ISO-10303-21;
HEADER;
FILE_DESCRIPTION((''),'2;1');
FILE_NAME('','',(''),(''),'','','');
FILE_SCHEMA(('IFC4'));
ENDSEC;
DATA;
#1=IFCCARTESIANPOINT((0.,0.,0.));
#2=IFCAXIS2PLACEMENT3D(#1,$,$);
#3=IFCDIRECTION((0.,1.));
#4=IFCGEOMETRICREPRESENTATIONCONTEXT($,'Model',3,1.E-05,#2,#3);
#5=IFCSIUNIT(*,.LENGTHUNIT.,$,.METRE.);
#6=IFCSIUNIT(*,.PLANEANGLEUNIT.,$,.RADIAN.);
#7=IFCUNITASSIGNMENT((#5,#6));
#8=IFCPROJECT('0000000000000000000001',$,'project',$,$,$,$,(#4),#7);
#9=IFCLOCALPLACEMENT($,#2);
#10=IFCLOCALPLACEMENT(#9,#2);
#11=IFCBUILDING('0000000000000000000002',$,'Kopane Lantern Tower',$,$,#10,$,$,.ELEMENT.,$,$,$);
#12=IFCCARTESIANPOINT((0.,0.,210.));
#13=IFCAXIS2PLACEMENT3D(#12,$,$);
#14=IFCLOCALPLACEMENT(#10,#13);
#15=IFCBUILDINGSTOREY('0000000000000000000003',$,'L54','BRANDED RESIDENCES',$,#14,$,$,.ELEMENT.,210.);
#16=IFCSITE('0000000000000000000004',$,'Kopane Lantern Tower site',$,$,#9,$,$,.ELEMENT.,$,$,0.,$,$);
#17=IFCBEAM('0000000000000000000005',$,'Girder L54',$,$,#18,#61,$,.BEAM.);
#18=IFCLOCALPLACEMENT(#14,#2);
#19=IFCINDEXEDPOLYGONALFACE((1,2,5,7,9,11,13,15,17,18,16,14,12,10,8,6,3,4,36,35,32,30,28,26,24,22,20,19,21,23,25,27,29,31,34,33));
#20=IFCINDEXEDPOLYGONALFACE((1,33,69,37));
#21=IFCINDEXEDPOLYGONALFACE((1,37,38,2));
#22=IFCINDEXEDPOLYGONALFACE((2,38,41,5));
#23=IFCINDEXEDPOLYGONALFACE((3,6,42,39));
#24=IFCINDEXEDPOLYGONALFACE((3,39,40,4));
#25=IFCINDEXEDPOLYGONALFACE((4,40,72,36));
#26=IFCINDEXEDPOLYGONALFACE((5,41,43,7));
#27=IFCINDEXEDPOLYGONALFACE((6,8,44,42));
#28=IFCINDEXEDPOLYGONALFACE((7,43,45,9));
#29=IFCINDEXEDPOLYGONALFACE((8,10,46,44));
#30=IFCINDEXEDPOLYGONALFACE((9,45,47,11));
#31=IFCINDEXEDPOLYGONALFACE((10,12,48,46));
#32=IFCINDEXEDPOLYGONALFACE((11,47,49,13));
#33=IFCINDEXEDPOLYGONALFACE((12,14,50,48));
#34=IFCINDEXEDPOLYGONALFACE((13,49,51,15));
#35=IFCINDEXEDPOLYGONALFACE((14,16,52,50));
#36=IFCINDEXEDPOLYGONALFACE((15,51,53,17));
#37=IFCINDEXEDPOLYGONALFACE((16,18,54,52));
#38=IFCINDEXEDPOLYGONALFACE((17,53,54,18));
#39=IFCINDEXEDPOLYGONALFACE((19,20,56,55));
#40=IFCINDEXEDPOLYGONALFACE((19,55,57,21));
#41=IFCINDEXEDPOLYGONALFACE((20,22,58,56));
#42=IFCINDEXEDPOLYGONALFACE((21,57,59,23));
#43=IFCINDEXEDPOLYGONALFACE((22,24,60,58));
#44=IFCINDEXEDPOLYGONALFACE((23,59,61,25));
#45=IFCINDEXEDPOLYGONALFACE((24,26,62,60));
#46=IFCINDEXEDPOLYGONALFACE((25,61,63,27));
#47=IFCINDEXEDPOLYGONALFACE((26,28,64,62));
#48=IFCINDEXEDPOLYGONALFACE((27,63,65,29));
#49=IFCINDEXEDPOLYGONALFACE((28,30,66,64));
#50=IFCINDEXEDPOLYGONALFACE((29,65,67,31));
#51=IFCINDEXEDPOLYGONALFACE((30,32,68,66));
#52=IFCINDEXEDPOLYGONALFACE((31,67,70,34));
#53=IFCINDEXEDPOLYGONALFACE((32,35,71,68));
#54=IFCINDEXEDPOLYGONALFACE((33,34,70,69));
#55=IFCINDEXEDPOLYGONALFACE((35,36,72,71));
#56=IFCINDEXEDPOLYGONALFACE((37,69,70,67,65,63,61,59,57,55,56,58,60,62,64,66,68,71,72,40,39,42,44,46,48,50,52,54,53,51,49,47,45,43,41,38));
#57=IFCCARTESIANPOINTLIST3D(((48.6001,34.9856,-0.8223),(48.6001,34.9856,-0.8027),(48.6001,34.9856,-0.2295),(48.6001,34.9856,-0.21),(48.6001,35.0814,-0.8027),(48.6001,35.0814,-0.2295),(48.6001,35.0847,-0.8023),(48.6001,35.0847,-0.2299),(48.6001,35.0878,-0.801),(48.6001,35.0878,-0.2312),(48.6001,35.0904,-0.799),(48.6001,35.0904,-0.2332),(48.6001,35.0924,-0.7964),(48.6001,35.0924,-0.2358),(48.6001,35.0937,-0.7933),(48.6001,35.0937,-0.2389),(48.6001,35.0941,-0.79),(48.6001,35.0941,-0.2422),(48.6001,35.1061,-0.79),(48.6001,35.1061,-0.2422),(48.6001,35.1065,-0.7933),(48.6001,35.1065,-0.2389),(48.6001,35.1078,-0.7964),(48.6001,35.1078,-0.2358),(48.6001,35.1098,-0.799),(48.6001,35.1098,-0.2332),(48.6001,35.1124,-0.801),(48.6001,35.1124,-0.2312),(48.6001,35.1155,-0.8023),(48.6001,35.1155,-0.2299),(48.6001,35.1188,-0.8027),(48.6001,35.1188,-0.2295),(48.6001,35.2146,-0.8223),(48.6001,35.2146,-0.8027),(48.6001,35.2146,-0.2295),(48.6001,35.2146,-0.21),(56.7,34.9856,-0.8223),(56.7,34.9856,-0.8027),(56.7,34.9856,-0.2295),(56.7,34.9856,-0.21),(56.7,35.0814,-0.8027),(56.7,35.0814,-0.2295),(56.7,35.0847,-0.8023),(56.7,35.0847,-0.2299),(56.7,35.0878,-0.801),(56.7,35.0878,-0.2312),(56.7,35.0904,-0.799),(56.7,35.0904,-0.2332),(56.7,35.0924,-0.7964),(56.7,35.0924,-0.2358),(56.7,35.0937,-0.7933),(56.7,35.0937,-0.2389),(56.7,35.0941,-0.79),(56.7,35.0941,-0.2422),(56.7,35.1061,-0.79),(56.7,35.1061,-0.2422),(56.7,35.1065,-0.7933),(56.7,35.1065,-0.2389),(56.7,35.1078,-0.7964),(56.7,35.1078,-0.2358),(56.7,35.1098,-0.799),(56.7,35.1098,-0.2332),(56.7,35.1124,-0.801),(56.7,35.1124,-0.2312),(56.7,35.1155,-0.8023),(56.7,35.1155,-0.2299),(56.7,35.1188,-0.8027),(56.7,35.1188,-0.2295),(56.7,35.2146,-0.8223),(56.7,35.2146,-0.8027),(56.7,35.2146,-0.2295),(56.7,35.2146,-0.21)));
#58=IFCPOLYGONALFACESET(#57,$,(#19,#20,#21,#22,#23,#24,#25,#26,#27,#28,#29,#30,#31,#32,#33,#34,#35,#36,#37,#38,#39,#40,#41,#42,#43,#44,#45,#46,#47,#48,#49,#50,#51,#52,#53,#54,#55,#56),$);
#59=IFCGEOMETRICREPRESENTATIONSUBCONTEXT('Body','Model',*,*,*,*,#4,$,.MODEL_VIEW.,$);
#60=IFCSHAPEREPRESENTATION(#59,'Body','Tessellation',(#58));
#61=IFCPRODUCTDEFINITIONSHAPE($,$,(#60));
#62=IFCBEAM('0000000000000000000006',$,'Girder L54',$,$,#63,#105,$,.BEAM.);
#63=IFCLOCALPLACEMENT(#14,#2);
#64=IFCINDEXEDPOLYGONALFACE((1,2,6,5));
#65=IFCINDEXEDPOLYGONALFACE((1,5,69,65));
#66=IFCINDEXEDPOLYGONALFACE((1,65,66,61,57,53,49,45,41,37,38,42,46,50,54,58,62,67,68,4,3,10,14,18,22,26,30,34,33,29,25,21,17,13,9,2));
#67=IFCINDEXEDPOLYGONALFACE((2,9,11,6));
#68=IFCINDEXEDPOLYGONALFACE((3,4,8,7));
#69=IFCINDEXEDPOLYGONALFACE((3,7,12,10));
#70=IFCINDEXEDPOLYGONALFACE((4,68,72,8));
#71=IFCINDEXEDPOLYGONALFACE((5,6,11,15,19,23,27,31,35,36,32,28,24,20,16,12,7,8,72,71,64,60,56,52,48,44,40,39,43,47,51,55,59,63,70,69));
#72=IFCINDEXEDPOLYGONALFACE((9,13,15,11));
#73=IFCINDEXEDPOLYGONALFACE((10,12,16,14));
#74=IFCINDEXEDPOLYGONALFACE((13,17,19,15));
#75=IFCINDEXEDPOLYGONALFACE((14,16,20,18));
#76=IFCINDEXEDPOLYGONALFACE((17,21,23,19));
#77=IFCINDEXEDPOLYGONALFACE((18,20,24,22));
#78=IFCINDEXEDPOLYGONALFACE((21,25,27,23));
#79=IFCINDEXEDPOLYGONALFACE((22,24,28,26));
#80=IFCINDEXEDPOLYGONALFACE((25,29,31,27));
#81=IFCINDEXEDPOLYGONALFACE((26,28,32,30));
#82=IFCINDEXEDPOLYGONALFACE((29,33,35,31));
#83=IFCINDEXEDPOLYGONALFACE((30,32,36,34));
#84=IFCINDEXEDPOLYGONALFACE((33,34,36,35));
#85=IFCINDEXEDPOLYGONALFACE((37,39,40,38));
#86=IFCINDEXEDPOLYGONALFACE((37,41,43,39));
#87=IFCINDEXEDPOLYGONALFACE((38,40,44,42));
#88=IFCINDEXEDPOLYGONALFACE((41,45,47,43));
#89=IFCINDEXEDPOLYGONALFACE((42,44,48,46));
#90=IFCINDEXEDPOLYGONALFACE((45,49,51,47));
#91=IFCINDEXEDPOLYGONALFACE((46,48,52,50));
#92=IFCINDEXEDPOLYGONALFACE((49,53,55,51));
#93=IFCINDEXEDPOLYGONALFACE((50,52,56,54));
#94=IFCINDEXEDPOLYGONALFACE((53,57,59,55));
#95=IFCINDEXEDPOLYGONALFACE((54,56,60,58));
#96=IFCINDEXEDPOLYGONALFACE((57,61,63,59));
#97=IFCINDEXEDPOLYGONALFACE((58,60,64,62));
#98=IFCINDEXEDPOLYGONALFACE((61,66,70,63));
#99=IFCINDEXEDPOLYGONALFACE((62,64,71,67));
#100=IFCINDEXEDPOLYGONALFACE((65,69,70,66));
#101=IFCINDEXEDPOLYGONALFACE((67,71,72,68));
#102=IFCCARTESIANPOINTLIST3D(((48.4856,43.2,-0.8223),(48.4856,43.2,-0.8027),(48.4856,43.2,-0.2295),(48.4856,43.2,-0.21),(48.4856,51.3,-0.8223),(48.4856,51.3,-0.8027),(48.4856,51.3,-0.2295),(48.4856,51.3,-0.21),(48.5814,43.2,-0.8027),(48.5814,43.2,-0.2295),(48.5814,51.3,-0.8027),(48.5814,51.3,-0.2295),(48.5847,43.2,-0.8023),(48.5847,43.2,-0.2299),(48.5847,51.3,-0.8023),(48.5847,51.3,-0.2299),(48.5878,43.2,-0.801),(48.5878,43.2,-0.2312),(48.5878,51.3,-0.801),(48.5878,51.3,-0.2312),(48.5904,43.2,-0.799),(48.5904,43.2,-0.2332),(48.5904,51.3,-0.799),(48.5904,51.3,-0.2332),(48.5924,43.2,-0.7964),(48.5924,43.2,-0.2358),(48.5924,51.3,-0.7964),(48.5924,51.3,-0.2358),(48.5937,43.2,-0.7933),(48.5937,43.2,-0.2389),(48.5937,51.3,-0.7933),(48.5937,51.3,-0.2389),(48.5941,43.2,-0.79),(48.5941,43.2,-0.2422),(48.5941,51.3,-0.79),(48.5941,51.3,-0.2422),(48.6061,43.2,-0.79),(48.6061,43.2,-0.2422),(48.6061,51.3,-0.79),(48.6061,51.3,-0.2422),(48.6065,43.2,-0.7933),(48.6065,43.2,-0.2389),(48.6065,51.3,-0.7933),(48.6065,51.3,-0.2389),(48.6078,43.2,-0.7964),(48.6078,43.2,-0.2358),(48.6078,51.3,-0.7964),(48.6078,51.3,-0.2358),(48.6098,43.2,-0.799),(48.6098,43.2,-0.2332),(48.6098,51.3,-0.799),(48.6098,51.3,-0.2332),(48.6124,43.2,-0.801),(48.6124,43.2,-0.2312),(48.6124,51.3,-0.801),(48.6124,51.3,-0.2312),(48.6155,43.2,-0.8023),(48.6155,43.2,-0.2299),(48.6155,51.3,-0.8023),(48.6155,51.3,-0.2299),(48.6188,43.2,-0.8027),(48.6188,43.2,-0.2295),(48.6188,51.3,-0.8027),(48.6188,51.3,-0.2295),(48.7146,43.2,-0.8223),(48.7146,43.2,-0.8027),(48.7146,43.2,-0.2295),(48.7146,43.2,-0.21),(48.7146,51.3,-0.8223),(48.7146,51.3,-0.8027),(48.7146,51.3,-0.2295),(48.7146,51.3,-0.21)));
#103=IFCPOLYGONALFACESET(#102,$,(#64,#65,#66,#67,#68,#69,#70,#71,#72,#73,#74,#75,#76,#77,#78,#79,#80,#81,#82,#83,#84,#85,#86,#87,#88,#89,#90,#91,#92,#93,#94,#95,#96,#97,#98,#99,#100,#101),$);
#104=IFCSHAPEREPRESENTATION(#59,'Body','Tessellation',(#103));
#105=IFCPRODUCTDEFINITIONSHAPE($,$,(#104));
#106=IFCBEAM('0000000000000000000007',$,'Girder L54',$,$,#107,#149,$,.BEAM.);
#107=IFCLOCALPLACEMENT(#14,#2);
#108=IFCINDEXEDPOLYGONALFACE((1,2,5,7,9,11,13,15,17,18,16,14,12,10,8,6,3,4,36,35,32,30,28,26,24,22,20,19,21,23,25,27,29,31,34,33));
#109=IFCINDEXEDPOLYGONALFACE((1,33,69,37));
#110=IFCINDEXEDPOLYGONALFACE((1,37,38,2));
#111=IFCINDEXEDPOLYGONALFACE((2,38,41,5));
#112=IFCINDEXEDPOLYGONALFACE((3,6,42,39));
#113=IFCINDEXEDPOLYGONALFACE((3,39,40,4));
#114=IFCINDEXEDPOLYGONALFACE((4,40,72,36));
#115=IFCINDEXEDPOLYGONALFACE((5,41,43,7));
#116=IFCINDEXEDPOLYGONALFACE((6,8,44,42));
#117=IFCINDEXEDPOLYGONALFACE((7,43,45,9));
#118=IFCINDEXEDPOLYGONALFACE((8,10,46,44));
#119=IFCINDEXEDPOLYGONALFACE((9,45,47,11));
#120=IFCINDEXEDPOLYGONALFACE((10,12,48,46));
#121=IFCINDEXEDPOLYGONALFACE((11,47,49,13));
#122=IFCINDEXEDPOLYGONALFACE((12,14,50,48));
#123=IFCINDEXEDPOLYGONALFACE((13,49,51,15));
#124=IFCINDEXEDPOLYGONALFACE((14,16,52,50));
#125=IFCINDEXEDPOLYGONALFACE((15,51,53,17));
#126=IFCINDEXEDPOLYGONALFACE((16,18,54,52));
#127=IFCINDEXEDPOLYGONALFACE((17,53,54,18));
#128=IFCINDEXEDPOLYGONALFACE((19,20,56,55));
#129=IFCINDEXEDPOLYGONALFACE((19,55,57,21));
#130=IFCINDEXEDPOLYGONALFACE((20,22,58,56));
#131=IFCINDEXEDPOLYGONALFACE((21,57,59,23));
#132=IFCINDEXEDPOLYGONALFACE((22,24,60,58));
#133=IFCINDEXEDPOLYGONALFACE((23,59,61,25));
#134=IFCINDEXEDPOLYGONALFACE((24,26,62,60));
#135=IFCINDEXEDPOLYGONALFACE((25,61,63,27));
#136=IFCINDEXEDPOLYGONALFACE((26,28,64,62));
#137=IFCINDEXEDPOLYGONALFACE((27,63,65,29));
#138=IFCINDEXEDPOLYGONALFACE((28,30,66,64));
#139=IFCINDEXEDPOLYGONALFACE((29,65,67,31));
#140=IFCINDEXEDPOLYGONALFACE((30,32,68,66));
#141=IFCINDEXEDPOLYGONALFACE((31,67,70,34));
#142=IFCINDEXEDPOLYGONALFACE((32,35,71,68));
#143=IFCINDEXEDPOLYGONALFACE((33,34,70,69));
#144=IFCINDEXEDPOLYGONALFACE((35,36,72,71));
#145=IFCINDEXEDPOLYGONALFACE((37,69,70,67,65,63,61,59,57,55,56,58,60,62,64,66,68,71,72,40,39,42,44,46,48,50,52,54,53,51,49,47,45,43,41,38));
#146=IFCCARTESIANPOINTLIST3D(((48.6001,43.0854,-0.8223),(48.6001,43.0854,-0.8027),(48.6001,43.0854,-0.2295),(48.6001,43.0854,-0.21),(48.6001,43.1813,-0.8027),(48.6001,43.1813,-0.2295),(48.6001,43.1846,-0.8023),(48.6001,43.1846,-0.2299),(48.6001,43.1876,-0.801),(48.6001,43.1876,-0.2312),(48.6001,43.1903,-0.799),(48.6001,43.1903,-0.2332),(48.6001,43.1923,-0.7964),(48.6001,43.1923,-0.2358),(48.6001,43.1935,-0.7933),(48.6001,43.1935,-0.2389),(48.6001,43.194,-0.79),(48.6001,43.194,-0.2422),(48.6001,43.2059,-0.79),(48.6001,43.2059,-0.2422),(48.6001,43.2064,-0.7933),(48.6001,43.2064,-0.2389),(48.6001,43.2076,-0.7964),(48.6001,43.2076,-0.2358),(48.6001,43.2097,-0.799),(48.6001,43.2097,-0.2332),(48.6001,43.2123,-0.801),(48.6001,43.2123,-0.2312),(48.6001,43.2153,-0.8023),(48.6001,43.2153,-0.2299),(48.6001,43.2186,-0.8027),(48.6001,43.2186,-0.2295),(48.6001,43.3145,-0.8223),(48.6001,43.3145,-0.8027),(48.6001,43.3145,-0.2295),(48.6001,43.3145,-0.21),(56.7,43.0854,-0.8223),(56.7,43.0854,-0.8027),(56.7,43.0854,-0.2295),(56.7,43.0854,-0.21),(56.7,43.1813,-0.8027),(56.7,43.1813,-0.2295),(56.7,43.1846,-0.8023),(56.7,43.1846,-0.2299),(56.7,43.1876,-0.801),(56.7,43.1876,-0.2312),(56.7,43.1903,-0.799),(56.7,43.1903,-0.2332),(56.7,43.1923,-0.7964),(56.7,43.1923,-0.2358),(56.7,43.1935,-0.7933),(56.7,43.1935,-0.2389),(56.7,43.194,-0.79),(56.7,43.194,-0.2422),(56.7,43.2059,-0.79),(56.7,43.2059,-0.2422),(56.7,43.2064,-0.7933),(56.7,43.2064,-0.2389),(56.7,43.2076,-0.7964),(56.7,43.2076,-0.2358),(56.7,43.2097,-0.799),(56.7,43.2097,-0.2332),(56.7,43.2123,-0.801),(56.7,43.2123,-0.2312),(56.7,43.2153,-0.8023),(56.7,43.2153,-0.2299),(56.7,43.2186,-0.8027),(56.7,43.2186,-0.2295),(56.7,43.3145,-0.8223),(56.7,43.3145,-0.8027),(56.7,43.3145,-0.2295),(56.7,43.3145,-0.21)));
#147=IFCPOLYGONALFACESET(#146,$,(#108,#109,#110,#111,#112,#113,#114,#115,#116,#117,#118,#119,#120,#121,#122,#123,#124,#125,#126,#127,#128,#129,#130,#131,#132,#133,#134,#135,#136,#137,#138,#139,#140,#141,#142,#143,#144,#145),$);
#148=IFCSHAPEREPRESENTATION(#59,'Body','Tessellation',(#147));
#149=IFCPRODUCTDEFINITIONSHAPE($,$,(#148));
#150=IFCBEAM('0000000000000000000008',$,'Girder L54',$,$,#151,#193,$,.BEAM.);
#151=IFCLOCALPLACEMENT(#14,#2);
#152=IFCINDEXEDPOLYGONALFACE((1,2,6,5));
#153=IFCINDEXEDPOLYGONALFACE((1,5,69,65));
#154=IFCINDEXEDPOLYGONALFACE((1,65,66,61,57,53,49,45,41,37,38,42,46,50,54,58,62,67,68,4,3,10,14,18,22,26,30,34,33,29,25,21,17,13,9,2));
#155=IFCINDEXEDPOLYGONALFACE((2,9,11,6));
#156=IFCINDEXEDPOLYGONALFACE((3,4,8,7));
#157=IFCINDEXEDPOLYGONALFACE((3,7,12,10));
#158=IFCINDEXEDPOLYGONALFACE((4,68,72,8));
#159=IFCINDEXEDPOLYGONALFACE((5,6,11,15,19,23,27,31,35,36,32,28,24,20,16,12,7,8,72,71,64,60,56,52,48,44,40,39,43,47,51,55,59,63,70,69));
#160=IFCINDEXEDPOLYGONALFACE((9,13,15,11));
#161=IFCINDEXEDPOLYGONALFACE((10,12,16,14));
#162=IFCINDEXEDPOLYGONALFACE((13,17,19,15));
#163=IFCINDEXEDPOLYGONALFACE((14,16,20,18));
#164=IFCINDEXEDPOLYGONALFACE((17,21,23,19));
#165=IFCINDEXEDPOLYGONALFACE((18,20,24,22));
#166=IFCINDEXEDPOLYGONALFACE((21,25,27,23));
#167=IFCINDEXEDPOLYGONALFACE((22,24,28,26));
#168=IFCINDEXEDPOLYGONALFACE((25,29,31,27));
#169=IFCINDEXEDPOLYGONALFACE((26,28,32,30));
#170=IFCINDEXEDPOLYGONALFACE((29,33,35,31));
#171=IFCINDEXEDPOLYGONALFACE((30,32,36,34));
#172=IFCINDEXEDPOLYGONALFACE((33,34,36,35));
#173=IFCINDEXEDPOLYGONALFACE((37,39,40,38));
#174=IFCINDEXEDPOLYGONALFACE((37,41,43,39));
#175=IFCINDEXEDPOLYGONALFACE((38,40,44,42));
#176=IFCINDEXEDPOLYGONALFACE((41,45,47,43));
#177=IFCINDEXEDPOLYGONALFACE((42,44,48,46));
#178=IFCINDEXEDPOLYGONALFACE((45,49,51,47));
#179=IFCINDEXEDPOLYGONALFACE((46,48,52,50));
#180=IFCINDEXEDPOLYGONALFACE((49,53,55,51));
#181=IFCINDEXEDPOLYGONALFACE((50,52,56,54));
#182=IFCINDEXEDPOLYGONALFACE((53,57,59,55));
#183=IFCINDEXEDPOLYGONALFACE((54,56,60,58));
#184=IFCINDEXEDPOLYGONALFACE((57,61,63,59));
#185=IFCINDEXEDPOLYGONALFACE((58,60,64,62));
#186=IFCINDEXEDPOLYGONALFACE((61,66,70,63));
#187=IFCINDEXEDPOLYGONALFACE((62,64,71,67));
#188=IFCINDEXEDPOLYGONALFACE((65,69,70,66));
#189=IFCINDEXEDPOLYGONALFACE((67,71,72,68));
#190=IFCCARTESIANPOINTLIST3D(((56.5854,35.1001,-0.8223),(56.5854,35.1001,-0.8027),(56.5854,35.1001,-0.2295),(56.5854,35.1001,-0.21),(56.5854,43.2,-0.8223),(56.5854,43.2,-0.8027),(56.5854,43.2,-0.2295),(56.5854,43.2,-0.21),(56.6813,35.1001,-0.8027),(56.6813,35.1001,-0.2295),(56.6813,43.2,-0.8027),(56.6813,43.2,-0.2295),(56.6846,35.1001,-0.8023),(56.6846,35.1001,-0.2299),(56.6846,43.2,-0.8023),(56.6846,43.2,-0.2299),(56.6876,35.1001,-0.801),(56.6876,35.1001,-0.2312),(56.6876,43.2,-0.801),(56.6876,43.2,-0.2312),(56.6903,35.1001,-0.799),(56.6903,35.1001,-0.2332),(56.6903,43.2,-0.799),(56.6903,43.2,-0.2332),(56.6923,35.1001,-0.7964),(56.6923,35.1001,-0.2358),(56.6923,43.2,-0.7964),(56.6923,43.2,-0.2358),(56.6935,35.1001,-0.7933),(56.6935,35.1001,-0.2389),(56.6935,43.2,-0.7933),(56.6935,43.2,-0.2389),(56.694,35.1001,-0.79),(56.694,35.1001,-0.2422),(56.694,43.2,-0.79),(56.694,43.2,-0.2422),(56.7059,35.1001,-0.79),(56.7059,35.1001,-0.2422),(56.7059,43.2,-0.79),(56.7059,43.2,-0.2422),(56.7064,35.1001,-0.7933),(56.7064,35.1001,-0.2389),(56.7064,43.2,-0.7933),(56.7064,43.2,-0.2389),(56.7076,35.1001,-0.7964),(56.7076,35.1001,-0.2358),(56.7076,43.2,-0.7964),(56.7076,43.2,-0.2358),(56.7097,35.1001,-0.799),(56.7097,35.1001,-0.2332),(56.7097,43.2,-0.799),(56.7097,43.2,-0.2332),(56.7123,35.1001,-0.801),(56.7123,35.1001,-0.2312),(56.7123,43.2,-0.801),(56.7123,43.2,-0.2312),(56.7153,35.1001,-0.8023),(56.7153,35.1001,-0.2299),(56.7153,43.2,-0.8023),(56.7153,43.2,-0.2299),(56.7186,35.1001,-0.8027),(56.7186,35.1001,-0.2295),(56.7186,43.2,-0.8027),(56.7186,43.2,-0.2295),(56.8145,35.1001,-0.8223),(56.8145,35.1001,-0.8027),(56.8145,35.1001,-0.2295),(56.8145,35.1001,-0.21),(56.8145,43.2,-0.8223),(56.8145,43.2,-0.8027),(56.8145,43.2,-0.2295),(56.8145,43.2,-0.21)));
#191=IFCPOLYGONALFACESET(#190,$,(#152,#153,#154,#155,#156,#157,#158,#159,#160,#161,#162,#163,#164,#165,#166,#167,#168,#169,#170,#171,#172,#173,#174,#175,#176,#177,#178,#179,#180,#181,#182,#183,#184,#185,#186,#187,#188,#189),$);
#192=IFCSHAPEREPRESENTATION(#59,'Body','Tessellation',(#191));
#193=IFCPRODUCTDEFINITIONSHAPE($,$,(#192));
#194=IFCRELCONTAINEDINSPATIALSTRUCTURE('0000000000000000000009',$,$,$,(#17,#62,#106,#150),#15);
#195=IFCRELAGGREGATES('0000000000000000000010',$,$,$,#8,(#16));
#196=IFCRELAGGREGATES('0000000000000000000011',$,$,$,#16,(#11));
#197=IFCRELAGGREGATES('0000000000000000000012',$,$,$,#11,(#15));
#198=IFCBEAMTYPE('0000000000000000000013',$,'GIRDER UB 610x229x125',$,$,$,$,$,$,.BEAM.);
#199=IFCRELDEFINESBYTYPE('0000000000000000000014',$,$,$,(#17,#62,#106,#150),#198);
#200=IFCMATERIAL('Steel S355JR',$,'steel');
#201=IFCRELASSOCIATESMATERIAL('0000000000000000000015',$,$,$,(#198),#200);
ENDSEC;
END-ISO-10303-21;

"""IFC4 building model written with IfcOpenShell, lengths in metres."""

from ifc_helpers import new_model, si_unit, direction, frame, origin, origin_2d, place, context, subcontext, project, spatial, i_section, extrude, material, material_profile, profile_set, type_object, element, save


model = new_model("IFC4")

# Units and contexts
model_context = context("Model", 3, precision=1e-05, world=origin(), true_north=direction((0.0, 1.0)))
body_context = subcontext(model_context, "Body", "Model", "MODEL_VIEW")
ifc_project = project(units=[si_unit("LENGTHUNIT", "METRE"), si_unit("PLANEANGLEUNIT", "RADIAN")], contexts=[model_context])

# Site, building, storey
site_placement = place(None, origin())
site = spatial("IfcSite", under=ifc_project, at=site_placement, Name="Kopane Lantern Tower site", CompositionType="ELEMENT", RefElevation=0.0)
building_placement = place(site_placement, origin())
building = spatial("IfcBuilding", under=site, at=building_placement, Name="Kopane Lantern Tower", CompositionType="ELEMENT")
storey_placement = place(building_placement, frame((0.0, 0.0, 210.0)))
storey = spatial("IfcBuildingStorey", under=building, at=storey_placement, Name="L54", Description="BRANDED RESIDENCES", CompositionType="ELEMENT", Elevation=210.0)

# Beams
ifc_material_1 = material(Name="Steel S355JR", Category="steel")
ifc_material_profile_1 = material_profile(ifc_material_1, i_section(OverallWidth=0.229, OverallDepth=0.6123, WebThickness=0.012, FlangeThickness=0.0195, FilletRadius=0.0127, at=origin_2d()), Name="UB 610x229x125")
ifc_profile_set_1 = profile_set([ifc_material_profile_1], Name="Steel S355JR")
beam_type = type_object("IfcBeamType", Name="GIRDER UB 610x229x125", PredefinedType="BEAM", material=ifc_profile_set_1)
for number, where, z_axis, x_axis, name in (
    (1, (48.6001, 35.1001, -0.5161), (1.0, 0.0, 0.0), (0.0, 1.0, 0.0), "Girder L54"),
):
    element("IfcBeam", number, at=place(storey_placement, frame(where, z_axis=z_axis, x_axis=x_axis)), inside=storey, type_object=beam_type, Name=name, PredefinedType="BEAM", context=body_context, shape_type="SweptSolid", body=[
        extrude(i_section(OverallWidth=0.229, OverallDepth=0.6123, WebThickness=0.012, FlangeThickness=0.0195, FilletRadius=0.0127, at=origin_2d()), origin(), (0.0, 0.0, 1.0), 8.0999),
    ])
beam_1_placement = place(storey_placement, frame((48.6001, 43.2, -0.5161), z_axis=(0.0, 1.0, 0.0), x_axis=(-1.0, 0.0, 0.0)))
element("IfcBeam", 2, at=beam_1_placement, inside=storey, type_object=beam_type, Name="Girder L54", PredefinedType="BEAM", context=body_context, shape_type="SweptSolid", body=[
    extrude(i_section(OverallWidth=0.229, OverallDepth=0.6123, WebThickness=0.012, FlangeThickness=0.0195, FilletRadius=0.0127, at=origin_2d()), origin(), (0.0, 0.0, 1.0), 8.1001),
])
for number, where, z_axis, x_axis, name in (
    (3, (48.6001, 43.2, -0.5161), (1.0, 0.0, 0.0), (0.0, 1.0, 0.0), "Girder L54"),
    (4, (56.7, 35.1001, -0.5161), (0.0, 1.0, 0.0), (-1.0, 0.0, 0.0), "Girder L54"),
):
    element("IfcBeam", number, at=place(storey_placement, frame(where, z_axis=z_axis, x_axis=x_axis)), inside=storey, type_object=beam_type, Name=name, PredefinedType="BEAM", context=body_context, shape_type="SweptSolid", body=[
        extrude(i_section(OverallWidth=0.229, OverallDepth=0.6123, WebThickness=0.012, FlangeThickness=0.0195, FilletRadius=0.0127, at=origin_2d()), origin(), (0.0, 0.0, 1.0), 8.0999),
    ])

save(model, "model.ifc")
